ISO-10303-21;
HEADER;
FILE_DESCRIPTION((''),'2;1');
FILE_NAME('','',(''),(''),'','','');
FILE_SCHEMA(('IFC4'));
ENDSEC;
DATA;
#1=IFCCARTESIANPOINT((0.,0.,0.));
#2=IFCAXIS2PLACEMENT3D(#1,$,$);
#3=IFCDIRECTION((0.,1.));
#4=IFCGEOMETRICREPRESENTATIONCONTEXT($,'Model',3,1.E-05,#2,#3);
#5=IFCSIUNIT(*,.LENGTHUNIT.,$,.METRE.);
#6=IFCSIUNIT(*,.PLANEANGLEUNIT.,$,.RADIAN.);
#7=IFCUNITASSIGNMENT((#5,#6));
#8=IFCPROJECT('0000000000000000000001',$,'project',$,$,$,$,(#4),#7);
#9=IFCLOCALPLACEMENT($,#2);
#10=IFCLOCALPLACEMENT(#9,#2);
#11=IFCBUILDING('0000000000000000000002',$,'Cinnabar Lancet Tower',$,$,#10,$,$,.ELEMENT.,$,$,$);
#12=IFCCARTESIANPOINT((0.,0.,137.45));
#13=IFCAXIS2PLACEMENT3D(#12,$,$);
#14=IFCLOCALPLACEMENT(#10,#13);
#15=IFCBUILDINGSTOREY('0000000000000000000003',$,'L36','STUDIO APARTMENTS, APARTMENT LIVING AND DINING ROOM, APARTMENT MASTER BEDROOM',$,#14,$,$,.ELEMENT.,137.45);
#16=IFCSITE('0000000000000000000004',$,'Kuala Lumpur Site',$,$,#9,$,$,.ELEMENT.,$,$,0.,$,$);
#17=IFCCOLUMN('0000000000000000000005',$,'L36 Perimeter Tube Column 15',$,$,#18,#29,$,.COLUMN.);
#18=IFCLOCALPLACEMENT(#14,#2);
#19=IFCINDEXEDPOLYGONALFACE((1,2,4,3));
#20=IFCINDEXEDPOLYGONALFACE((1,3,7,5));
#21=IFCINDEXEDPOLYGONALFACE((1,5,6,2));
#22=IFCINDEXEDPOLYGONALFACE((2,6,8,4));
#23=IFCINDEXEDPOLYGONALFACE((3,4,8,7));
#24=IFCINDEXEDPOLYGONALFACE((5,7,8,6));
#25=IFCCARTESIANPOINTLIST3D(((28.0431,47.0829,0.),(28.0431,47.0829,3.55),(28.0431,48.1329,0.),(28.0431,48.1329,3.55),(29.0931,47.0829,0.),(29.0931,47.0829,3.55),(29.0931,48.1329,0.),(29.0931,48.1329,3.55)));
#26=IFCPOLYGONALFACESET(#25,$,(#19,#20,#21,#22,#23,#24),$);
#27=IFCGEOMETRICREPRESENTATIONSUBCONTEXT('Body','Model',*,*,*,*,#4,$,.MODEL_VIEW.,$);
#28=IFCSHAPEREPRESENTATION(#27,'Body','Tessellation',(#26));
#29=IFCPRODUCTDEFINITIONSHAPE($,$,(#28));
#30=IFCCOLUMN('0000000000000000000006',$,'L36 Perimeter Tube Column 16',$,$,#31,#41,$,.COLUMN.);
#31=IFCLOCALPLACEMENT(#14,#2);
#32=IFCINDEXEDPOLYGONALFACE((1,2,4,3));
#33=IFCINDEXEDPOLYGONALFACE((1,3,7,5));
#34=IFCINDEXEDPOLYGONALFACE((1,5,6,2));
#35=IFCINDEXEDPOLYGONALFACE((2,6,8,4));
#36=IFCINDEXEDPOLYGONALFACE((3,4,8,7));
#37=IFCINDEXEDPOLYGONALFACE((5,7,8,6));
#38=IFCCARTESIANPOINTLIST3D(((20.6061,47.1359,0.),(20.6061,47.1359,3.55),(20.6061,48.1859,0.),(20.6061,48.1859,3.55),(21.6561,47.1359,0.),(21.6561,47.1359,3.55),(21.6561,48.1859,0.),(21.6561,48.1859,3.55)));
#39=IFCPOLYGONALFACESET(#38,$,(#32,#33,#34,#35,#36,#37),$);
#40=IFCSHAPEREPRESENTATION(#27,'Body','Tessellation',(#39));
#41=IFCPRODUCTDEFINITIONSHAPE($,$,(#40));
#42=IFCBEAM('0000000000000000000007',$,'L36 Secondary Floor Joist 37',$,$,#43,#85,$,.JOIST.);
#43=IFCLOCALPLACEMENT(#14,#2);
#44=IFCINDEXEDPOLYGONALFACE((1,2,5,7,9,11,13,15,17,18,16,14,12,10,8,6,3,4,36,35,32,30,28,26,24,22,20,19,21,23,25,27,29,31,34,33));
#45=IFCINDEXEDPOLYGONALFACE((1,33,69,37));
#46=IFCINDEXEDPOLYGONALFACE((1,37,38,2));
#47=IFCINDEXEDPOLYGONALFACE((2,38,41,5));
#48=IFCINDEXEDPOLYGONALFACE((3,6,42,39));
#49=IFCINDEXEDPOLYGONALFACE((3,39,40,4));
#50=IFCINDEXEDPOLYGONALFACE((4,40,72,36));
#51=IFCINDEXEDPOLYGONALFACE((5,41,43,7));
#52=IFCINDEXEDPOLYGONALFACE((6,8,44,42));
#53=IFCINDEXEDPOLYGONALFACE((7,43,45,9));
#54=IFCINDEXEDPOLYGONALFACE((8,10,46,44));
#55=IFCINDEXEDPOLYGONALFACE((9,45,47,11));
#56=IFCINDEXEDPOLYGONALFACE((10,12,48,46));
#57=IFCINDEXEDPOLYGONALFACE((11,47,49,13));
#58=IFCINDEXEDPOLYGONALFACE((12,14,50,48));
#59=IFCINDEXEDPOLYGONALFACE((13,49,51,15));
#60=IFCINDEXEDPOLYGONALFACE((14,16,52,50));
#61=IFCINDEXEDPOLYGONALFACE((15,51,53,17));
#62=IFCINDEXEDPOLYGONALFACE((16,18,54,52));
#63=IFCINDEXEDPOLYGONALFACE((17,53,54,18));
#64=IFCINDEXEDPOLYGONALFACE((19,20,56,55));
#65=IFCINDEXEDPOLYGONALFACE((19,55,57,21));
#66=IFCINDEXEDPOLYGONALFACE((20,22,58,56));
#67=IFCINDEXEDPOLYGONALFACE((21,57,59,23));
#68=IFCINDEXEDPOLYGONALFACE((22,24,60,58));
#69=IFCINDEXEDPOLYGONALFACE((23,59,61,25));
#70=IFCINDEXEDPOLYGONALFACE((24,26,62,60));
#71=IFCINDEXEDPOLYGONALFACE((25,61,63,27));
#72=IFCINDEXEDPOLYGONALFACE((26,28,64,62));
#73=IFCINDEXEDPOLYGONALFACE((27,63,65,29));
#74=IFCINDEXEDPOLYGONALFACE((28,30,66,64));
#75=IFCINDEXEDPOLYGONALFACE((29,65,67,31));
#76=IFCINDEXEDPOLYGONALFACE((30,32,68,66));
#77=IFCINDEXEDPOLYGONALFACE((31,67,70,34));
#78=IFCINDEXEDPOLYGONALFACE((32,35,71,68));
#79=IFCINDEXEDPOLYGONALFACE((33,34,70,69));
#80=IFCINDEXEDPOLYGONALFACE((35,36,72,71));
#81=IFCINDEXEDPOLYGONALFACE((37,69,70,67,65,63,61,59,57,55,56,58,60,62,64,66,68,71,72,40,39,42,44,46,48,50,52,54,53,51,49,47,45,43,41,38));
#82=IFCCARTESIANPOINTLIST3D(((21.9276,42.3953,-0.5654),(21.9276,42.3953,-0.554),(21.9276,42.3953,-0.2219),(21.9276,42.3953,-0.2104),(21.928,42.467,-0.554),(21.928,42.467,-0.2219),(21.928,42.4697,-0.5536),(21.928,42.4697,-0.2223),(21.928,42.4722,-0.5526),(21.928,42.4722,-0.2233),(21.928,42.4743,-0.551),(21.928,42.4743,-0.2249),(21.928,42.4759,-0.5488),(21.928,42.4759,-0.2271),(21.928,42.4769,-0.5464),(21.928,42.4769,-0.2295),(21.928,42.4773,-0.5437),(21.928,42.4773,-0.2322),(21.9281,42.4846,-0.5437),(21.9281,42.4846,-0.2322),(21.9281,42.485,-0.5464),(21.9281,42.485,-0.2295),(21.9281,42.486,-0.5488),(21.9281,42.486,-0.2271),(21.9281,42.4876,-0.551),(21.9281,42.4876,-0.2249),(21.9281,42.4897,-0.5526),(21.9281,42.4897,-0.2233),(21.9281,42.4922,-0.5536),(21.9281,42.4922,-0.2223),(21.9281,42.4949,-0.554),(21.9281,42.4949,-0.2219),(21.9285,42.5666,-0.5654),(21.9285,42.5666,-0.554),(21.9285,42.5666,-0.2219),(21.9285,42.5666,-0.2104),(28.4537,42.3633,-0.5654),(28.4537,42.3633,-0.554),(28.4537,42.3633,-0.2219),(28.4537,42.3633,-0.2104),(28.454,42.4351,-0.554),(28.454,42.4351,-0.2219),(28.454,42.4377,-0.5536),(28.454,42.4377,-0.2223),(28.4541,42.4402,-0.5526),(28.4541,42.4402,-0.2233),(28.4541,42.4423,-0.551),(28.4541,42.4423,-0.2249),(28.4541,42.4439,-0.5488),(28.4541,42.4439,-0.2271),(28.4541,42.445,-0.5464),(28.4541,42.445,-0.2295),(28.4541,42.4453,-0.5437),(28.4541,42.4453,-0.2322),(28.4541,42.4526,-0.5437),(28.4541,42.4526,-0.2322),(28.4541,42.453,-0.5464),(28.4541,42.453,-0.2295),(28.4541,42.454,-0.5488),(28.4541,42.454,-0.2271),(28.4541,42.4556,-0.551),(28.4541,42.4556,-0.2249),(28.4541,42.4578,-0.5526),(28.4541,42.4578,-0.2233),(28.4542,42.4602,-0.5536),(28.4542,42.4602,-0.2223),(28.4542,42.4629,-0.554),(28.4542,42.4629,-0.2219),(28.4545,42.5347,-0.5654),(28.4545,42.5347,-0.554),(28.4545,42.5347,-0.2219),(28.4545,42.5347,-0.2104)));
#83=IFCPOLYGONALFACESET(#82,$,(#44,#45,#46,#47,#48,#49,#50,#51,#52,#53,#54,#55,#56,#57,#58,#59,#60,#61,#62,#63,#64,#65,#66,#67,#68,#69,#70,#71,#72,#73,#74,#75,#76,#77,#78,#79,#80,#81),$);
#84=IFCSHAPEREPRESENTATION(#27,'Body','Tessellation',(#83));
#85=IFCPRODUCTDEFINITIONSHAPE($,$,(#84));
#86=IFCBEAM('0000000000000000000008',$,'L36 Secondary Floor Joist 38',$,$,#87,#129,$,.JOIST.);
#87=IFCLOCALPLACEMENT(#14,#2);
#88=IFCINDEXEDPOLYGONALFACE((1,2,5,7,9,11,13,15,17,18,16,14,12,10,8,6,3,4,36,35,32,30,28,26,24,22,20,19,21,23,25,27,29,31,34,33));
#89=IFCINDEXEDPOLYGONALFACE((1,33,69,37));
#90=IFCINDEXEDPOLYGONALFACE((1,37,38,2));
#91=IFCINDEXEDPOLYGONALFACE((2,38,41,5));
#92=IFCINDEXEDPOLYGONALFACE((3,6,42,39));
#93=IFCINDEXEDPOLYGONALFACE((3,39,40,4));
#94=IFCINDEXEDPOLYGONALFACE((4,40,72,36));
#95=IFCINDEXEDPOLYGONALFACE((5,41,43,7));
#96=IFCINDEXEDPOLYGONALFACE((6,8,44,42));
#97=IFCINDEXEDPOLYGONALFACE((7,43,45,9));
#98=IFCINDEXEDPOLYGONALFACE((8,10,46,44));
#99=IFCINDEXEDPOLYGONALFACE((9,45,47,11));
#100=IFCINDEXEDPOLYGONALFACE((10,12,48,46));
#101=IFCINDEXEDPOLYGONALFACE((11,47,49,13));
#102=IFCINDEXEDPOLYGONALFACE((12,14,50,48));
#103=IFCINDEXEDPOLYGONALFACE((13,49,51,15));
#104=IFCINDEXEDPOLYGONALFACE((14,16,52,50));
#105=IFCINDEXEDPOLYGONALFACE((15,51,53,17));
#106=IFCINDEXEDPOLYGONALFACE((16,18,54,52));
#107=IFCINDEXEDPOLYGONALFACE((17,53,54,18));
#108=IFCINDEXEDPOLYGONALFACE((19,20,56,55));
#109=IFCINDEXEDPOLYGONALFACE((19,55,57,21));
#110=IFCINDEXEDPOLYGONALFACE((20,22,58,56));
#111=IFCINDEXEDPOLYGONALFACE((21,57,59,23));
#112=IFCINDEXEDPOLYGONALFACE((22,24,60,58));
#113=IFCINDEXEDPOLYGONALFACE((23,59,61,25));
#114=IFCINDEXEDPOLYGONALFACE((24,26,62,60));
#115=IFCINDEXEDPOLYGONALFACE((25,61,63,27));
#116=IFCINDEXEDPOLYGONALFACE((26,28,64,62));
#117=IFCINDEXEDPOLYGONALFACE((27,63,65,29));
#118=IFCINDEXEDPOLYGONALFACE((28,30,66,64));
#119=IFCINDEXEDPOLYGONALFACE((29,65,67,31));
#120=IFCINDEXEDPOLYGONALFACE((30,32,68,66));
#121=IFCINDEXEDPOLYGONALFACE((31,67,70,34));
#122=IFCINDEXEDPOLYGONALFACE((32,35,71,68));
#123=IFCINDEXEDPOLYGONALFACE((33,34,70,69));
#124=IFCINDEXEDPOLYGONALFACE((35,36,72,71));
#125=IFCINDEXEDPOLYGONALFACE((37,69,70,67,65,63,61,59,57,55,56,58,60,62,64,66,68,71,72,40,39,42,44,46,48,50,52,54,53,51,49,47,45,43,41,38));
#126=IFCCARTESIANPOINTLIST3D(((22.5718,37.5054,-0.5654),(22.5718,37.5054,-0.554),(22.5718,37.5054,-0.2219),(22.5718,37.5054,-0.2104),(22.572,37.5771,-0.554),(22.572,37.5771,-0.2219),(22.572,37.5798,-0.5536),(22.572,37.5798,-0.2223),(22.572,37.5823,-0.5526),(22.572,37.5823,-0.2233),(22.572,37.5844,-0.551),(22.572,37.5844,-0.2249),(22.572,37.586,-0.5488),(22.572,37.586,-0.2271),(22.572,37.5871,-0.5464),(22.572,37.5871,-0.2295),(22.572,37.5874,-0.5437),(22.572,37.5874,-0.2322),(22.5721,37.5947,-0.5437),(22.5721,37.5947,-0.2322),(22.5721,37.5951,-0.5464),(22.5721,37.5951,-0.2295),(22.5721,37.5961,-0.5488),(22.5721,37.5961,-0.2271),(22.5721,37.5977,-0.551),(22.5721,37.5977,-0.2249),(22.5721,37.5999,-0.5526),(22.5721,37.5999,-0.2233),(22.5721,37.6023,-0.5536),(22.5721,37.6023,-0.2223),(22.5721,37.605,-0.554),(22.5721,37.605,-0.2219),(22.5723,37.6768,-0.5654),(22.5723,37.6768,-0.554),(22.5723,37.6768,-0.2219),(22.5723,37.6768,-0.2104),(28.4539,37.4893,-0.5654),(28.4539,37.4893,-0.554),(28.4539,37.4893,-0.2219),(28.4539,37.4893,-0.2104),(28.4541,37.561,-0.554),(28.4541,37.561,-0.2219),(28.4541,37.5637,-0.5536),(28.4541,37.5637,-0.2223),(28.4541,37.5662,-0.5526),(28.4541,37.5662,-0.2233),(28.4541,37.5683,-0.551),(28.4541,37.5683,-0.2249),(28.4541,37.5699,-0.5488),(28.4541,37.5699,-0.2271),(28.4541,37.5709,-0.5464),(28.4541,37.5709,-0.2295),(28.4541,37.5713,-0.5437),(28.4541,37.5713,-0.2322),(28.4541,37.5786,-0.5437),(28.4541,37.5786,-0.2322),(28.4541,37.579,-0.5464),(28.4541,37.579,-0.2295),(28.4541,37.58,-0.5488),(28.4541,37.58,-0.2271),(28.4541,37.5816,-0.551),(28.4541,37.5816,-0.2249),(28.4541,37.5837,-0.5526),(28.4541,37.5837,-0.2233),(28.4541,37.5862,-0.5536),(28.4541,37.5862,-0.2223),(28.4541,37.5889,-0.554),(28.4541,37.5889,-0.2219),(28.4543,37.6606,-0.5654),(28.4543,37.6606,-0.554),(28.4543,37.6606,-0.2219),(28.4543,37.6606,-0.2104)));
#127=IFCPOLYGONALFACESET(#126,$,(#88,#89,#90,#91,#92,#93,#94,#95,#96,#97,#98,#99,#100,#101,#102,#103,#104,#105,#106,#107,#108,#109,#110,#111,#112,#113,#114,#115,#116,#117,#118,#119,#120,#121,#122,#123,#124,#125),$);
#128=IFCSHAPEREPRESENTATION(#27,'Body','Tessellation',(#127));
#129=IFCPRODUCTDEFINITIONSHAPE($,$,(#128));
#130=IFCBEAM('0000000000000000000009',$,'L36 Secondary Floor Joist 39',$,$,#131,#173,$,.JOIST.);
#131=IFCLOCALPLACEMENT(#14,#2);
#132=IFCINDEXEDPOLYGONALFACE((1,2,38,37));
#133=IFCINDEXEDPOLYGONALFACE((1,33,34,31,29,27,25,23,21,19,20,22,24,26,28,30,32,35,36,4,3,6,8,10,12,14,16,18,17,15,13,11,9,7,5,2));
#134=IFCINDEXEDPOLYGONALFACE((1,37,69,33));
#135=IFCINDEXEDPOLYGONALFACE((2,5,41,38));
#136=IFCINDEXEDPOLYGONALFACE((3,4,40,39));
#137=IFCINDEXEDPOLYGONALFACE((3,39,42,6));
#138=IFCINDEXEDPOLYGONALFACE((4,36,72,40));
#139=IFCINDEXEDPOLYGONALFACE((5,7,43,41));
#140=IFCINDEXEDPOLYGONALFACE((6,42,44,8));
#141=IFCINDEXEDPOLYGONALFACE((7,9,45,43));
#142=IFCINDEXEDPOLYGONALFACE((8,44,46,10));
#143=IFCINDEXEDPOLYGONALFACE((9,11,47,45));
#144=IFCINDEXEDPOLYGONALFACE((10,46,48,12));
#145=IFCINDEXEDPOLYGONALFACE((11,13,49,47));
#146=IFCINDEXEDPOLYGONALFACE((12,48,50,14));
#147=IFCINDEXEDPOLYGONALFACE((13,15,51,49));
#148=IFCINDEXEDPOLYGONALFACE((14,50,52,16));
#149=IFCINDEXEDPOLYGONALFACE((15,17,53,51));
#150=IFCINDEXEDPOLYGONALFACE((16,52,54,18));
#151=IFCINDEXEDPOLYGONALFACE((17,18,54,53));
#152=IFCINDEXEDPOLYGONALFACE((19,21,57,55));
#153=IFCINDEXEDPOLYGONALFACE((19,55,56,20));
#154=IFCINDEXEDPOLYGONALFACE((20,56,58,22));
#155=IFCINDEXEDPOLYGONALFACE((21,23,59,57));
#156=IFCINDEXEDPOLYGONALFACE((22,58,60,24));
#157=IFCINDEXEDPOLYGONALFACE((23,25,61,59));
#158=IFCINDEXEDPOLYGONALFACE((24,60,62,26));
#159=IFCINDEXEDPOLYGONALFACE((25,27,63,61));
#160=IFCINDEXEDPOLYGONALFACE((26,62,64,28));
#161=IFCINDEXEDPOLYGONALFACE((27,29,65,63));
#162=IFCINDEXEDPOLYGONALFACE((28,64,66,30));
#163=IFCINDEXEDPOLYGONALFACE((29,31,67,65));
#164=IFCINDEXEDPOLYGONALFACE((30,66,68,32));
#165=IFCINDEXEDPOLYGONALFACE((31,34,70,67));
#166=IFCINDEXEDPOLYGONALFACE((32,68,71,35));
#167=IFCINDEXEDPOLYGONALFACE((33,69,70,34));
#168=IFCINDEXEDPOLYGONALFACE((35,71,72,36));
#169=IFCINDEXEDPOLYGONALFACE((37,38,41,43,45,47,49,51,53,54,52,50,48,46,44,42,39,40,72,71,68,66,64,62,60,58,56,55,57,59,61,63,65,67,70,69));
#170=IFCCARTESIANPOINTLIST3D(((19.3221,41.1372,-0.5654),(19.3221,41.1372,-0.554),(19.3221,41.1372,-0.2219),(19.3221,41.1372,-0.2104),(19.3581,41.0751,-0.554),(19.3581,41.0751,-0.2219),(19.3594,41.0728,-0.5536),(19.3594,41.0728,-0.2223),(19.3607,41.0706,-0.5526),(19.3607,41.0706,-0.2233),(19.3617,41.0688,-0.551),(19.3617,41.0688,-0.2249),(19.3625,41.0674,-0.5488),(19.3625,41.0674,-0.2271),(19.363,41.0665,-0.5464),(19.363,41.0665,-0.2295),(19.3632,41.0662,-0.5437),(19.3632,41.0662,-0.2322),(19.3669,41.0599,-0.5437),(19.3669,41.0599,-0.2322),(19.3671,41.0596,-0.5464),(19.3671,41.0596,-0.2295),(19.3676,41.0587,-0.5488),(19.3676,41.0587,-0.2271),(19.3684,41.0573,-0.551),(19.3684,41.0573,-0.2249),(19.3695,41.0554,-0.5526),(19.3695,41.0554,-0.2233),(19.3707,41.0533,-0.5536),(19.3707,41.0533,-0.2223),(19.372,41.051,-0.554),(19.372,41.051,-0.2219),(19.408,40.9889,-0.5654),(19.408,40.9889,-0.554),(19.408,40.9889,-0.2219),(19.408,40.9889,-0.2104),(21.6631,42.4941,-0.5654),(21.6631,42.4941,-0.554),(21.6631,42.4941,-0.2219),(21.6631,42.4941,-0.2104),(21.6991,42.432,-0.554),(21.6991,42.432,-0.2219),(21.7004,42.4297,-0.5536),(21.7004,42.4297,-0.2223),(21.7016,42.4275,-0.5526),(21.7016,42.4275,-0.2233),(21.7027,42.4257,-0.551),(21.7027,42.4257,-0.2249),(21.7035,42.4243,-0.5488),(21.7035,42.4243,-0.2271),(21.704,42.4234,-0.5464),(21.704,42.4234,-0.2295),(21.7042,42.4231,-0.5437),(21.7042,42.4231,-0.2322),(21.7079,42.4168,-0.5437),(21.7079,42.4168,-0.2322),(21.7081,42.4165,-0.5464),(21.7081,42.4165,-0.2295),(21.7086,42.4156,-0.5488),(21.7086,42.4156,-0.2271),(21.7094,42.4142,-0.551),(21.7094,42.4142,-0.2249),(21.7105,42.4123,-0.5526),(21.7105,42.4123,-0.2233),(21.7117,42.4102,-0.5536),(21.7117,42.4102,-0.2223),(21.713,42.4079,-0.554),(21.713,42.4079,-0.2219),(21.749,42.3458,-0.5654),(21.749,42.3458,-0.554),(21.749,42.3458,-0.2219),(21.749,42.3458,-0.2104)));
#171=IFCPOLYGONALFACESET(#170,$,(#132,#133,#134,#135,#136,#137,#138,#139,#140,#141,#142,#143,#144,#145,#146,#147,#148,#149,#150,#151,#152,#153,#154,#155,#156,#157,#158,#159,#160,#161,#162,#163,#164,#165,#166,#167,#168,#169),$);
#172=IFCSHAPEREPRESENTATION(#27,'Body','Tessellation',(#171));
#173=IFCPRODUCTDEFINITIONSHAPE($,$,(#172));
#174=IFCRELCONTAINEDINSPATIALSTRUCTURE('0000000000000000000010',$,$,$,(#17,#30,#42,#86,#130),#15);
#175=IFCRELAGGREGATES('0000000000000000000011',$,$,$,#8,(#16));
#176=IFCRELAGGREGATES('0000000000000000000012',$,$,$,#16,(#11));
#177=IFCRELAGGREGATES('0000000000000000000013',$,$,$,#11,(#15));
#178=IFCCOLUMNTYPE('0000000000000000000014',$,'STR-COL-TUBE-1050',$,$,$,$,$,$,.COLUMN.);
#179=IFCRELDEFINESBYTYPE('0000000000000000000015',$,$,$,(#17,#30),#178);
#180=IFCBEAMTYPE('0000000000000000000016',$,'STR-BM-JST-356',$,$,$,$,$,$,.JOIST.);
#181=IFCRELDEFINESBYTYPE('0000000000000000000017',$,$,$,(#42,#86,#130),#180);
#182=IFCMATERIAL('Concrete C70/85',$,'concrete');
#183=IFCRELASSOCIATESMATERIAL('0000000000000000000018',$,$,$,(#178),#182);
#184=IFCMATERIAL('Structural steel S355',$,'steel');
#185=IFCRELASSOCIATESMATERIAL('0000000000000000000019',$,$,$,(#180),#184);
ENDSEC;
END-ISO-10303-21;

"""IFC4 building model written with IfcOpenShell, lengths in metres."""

from ifc_helpers import new_model, si_unit, direction, frame, origin, origin_2d, place, context, subcontext, project, spatial, rectangle, i_section, extrude, material, material_profile, profile_set, type_object, element, save


model = new_model("IFC4")

# Units and contexts
model_context = context("Model", 3, precision=1e-05, world=origin(), true_north=direction((0.0, 1.0)))
body_context = subcontext(model_context, "Body", "Model", "MODEL_VIEW")
ifc_project = project(units=[si_unit("LENGTHUNIT", "METRE"), si_unit("PLANEANGLEUNIT", "RADIAN")], contexts=[model_context])

# Site, building, storey
site_placement = place(None, origin())
site = spatial("IfcSite", under=ifc_project, at=site_placement, Name="Kuala Lumpur Site", CompositionType="ELEMENT", RefElevation=0.0)
building_placement = place(site_placement, origin())
building = spatial("IfcBuilding", under=site, at=building_placement, Name="Cinnabar Lancet Tower", CompositionType="ELEMENT")
storey_placement = place(building_placement, frame((0.0, 0.0, 137.45)))
storey = spatial("IfcBuildingStorey", under=building, at=storey_placement, Name="L36", Description="STUDIO APARTMENTS, APARTMENT LIVING AND DINING ROOM, APARTMENT MASTER BEDROOM", CompositionType="ELEMENT", Elevation=137.45)

# Columns
ifc_material_1 = material(Name="Concrete C70/85", Category="concrete")
ifc_material_profile_1 = material_profile(ifc_material_1, rectangle(XDim=1.05, YDim=1.05, at=origin_2d()), Name="RC-COL 1050x1050")
ifc_profile_set_1 = profile_set([ifc_material_profile_1], Name="Concrete C70/85")
column_type = type_object("IfcColumnType", Name="STR-COL-TUBE-1050", PredefinedType="COLUMN", material=ifc_profile_set_1)
for number, where, z_axis, x_axis, name in (
    (1, (28.5681, 47.6079, 0.0), (0.0, 0.0, 1.0), (1.0, 0.0, 0.0), "L36 Perimeter Tube Column 15"),
    (2, (21.1311, 47.6609, 0.0), (0.0, 0.0, 1.0), (1.0, 0.0, 0.0), "L36 Perimeter Tube Column 16"),
):
    element("IfcColumn", number, at=place(storey_placement, frame(where, z_axis=z_axis, x_axis=x_axis)), inside=storey, type_object=column_type, Name=name, PredefinedType="COLUMN", context=body_context, shape_type="SweptSolid", body=[
        extrude(rectangle(XDim=1.05, YDim=1.05, at=origin_2d()), origin(), (0.0, 0.0, 1.0), 3.55),
    ])

# Beams
ifc_material_2 = material(Name="Structural steel S355", Category="steel")
ifc_material_profile_2 = material_profile(ifc_material_2, i_section(OverallWidth=0.1714, OverallDepth=0.355, WebThickness=0.0073, FlangeThickness=0.0115, FilletRadius=0.0103, at=origin_2d()), Name="UKB 356x171x51")
ifc_profile_set_2 = profile_set([ifc_material_profile_2], Name="Structural steel S355")
beam_type_1 = type_object("IfcBeamType", Name="STR-BM-JST-356", PredefinedType="JOIST", material=ifc_profile_set_2)
beam_1_placement = place(storey_placement, frame((28.4541, 42.449, -0.3879), z_axis=(-0.999988, 0.004901, 0.0), x_axis=(-0.004901, -0.999988, 0.0)))
element("IfcBeam", 3, at=beam_1_placement, inside=storey, type_object=beam_type_1, Name="L36 Secondary Floor Joist 37", PredefinedType="JOIST", context=body_context, shape_type="SweptSolid", body=[
    extrude(i_section(OverallWidth=0.1714, OverallDepth=0.355, WebThickness=0.0073, FlangeThickness=0.0115, FilletRadius=0.0103, at=origin_2d()), origin(), (0.0, 0.0, 1.0), 6.5261),
])
beam_2_placement = place(storey_placement, frame((28.4541, 37.575, -0.3879), z_axis=(-0.999996, 0.002739, 0.0), x_axis=(-0.002739, -0.999996, 0.0)))
element("IfcBeam", 4, at=beam_2_placement, inside=storey, type_object=beam_type_1, Name="L36 Secondary Floor Joist 38", PredefinedType="JOIST", context=body_context, shape_type="SweptSolid", body=[
    extrude(i_section(OverallWidth=0.1714, OverallDepth=0.355, WebThickness=0.0073, FlangeThickness=0.0115, FilletRadius=0.0103, at=origin_2d()), origin(), (0.0, 0.0, 1.0), 5.8821),
])
beam_3_placement = place(storey_placement, frame((21.7061, 42.4199, -0.3879), z_axis=(-0.865173, -0.501474, 0.0), x_axis=(0.501474, -0.865173, 0.0)))
element("IfcBeam", 5, at=beam_3_placement, inside=storey, type_object=beam_type_1, Name="L36 Secondary Floor Joist 39", PredefinedType="JOIST", context=body_context, shape_type="SweptSolid", body=[
    extrude(i_section(OverallWidth=0.1714, OverallDepth=0.355, WebThickness=0.0073, FlangeThickness=0.0115, FilletRadius=0.0103, at=origin_2d()), origin(), (0.0, 0.0, 1.0), 2.7058),
])

save(model, "model.ifc")
